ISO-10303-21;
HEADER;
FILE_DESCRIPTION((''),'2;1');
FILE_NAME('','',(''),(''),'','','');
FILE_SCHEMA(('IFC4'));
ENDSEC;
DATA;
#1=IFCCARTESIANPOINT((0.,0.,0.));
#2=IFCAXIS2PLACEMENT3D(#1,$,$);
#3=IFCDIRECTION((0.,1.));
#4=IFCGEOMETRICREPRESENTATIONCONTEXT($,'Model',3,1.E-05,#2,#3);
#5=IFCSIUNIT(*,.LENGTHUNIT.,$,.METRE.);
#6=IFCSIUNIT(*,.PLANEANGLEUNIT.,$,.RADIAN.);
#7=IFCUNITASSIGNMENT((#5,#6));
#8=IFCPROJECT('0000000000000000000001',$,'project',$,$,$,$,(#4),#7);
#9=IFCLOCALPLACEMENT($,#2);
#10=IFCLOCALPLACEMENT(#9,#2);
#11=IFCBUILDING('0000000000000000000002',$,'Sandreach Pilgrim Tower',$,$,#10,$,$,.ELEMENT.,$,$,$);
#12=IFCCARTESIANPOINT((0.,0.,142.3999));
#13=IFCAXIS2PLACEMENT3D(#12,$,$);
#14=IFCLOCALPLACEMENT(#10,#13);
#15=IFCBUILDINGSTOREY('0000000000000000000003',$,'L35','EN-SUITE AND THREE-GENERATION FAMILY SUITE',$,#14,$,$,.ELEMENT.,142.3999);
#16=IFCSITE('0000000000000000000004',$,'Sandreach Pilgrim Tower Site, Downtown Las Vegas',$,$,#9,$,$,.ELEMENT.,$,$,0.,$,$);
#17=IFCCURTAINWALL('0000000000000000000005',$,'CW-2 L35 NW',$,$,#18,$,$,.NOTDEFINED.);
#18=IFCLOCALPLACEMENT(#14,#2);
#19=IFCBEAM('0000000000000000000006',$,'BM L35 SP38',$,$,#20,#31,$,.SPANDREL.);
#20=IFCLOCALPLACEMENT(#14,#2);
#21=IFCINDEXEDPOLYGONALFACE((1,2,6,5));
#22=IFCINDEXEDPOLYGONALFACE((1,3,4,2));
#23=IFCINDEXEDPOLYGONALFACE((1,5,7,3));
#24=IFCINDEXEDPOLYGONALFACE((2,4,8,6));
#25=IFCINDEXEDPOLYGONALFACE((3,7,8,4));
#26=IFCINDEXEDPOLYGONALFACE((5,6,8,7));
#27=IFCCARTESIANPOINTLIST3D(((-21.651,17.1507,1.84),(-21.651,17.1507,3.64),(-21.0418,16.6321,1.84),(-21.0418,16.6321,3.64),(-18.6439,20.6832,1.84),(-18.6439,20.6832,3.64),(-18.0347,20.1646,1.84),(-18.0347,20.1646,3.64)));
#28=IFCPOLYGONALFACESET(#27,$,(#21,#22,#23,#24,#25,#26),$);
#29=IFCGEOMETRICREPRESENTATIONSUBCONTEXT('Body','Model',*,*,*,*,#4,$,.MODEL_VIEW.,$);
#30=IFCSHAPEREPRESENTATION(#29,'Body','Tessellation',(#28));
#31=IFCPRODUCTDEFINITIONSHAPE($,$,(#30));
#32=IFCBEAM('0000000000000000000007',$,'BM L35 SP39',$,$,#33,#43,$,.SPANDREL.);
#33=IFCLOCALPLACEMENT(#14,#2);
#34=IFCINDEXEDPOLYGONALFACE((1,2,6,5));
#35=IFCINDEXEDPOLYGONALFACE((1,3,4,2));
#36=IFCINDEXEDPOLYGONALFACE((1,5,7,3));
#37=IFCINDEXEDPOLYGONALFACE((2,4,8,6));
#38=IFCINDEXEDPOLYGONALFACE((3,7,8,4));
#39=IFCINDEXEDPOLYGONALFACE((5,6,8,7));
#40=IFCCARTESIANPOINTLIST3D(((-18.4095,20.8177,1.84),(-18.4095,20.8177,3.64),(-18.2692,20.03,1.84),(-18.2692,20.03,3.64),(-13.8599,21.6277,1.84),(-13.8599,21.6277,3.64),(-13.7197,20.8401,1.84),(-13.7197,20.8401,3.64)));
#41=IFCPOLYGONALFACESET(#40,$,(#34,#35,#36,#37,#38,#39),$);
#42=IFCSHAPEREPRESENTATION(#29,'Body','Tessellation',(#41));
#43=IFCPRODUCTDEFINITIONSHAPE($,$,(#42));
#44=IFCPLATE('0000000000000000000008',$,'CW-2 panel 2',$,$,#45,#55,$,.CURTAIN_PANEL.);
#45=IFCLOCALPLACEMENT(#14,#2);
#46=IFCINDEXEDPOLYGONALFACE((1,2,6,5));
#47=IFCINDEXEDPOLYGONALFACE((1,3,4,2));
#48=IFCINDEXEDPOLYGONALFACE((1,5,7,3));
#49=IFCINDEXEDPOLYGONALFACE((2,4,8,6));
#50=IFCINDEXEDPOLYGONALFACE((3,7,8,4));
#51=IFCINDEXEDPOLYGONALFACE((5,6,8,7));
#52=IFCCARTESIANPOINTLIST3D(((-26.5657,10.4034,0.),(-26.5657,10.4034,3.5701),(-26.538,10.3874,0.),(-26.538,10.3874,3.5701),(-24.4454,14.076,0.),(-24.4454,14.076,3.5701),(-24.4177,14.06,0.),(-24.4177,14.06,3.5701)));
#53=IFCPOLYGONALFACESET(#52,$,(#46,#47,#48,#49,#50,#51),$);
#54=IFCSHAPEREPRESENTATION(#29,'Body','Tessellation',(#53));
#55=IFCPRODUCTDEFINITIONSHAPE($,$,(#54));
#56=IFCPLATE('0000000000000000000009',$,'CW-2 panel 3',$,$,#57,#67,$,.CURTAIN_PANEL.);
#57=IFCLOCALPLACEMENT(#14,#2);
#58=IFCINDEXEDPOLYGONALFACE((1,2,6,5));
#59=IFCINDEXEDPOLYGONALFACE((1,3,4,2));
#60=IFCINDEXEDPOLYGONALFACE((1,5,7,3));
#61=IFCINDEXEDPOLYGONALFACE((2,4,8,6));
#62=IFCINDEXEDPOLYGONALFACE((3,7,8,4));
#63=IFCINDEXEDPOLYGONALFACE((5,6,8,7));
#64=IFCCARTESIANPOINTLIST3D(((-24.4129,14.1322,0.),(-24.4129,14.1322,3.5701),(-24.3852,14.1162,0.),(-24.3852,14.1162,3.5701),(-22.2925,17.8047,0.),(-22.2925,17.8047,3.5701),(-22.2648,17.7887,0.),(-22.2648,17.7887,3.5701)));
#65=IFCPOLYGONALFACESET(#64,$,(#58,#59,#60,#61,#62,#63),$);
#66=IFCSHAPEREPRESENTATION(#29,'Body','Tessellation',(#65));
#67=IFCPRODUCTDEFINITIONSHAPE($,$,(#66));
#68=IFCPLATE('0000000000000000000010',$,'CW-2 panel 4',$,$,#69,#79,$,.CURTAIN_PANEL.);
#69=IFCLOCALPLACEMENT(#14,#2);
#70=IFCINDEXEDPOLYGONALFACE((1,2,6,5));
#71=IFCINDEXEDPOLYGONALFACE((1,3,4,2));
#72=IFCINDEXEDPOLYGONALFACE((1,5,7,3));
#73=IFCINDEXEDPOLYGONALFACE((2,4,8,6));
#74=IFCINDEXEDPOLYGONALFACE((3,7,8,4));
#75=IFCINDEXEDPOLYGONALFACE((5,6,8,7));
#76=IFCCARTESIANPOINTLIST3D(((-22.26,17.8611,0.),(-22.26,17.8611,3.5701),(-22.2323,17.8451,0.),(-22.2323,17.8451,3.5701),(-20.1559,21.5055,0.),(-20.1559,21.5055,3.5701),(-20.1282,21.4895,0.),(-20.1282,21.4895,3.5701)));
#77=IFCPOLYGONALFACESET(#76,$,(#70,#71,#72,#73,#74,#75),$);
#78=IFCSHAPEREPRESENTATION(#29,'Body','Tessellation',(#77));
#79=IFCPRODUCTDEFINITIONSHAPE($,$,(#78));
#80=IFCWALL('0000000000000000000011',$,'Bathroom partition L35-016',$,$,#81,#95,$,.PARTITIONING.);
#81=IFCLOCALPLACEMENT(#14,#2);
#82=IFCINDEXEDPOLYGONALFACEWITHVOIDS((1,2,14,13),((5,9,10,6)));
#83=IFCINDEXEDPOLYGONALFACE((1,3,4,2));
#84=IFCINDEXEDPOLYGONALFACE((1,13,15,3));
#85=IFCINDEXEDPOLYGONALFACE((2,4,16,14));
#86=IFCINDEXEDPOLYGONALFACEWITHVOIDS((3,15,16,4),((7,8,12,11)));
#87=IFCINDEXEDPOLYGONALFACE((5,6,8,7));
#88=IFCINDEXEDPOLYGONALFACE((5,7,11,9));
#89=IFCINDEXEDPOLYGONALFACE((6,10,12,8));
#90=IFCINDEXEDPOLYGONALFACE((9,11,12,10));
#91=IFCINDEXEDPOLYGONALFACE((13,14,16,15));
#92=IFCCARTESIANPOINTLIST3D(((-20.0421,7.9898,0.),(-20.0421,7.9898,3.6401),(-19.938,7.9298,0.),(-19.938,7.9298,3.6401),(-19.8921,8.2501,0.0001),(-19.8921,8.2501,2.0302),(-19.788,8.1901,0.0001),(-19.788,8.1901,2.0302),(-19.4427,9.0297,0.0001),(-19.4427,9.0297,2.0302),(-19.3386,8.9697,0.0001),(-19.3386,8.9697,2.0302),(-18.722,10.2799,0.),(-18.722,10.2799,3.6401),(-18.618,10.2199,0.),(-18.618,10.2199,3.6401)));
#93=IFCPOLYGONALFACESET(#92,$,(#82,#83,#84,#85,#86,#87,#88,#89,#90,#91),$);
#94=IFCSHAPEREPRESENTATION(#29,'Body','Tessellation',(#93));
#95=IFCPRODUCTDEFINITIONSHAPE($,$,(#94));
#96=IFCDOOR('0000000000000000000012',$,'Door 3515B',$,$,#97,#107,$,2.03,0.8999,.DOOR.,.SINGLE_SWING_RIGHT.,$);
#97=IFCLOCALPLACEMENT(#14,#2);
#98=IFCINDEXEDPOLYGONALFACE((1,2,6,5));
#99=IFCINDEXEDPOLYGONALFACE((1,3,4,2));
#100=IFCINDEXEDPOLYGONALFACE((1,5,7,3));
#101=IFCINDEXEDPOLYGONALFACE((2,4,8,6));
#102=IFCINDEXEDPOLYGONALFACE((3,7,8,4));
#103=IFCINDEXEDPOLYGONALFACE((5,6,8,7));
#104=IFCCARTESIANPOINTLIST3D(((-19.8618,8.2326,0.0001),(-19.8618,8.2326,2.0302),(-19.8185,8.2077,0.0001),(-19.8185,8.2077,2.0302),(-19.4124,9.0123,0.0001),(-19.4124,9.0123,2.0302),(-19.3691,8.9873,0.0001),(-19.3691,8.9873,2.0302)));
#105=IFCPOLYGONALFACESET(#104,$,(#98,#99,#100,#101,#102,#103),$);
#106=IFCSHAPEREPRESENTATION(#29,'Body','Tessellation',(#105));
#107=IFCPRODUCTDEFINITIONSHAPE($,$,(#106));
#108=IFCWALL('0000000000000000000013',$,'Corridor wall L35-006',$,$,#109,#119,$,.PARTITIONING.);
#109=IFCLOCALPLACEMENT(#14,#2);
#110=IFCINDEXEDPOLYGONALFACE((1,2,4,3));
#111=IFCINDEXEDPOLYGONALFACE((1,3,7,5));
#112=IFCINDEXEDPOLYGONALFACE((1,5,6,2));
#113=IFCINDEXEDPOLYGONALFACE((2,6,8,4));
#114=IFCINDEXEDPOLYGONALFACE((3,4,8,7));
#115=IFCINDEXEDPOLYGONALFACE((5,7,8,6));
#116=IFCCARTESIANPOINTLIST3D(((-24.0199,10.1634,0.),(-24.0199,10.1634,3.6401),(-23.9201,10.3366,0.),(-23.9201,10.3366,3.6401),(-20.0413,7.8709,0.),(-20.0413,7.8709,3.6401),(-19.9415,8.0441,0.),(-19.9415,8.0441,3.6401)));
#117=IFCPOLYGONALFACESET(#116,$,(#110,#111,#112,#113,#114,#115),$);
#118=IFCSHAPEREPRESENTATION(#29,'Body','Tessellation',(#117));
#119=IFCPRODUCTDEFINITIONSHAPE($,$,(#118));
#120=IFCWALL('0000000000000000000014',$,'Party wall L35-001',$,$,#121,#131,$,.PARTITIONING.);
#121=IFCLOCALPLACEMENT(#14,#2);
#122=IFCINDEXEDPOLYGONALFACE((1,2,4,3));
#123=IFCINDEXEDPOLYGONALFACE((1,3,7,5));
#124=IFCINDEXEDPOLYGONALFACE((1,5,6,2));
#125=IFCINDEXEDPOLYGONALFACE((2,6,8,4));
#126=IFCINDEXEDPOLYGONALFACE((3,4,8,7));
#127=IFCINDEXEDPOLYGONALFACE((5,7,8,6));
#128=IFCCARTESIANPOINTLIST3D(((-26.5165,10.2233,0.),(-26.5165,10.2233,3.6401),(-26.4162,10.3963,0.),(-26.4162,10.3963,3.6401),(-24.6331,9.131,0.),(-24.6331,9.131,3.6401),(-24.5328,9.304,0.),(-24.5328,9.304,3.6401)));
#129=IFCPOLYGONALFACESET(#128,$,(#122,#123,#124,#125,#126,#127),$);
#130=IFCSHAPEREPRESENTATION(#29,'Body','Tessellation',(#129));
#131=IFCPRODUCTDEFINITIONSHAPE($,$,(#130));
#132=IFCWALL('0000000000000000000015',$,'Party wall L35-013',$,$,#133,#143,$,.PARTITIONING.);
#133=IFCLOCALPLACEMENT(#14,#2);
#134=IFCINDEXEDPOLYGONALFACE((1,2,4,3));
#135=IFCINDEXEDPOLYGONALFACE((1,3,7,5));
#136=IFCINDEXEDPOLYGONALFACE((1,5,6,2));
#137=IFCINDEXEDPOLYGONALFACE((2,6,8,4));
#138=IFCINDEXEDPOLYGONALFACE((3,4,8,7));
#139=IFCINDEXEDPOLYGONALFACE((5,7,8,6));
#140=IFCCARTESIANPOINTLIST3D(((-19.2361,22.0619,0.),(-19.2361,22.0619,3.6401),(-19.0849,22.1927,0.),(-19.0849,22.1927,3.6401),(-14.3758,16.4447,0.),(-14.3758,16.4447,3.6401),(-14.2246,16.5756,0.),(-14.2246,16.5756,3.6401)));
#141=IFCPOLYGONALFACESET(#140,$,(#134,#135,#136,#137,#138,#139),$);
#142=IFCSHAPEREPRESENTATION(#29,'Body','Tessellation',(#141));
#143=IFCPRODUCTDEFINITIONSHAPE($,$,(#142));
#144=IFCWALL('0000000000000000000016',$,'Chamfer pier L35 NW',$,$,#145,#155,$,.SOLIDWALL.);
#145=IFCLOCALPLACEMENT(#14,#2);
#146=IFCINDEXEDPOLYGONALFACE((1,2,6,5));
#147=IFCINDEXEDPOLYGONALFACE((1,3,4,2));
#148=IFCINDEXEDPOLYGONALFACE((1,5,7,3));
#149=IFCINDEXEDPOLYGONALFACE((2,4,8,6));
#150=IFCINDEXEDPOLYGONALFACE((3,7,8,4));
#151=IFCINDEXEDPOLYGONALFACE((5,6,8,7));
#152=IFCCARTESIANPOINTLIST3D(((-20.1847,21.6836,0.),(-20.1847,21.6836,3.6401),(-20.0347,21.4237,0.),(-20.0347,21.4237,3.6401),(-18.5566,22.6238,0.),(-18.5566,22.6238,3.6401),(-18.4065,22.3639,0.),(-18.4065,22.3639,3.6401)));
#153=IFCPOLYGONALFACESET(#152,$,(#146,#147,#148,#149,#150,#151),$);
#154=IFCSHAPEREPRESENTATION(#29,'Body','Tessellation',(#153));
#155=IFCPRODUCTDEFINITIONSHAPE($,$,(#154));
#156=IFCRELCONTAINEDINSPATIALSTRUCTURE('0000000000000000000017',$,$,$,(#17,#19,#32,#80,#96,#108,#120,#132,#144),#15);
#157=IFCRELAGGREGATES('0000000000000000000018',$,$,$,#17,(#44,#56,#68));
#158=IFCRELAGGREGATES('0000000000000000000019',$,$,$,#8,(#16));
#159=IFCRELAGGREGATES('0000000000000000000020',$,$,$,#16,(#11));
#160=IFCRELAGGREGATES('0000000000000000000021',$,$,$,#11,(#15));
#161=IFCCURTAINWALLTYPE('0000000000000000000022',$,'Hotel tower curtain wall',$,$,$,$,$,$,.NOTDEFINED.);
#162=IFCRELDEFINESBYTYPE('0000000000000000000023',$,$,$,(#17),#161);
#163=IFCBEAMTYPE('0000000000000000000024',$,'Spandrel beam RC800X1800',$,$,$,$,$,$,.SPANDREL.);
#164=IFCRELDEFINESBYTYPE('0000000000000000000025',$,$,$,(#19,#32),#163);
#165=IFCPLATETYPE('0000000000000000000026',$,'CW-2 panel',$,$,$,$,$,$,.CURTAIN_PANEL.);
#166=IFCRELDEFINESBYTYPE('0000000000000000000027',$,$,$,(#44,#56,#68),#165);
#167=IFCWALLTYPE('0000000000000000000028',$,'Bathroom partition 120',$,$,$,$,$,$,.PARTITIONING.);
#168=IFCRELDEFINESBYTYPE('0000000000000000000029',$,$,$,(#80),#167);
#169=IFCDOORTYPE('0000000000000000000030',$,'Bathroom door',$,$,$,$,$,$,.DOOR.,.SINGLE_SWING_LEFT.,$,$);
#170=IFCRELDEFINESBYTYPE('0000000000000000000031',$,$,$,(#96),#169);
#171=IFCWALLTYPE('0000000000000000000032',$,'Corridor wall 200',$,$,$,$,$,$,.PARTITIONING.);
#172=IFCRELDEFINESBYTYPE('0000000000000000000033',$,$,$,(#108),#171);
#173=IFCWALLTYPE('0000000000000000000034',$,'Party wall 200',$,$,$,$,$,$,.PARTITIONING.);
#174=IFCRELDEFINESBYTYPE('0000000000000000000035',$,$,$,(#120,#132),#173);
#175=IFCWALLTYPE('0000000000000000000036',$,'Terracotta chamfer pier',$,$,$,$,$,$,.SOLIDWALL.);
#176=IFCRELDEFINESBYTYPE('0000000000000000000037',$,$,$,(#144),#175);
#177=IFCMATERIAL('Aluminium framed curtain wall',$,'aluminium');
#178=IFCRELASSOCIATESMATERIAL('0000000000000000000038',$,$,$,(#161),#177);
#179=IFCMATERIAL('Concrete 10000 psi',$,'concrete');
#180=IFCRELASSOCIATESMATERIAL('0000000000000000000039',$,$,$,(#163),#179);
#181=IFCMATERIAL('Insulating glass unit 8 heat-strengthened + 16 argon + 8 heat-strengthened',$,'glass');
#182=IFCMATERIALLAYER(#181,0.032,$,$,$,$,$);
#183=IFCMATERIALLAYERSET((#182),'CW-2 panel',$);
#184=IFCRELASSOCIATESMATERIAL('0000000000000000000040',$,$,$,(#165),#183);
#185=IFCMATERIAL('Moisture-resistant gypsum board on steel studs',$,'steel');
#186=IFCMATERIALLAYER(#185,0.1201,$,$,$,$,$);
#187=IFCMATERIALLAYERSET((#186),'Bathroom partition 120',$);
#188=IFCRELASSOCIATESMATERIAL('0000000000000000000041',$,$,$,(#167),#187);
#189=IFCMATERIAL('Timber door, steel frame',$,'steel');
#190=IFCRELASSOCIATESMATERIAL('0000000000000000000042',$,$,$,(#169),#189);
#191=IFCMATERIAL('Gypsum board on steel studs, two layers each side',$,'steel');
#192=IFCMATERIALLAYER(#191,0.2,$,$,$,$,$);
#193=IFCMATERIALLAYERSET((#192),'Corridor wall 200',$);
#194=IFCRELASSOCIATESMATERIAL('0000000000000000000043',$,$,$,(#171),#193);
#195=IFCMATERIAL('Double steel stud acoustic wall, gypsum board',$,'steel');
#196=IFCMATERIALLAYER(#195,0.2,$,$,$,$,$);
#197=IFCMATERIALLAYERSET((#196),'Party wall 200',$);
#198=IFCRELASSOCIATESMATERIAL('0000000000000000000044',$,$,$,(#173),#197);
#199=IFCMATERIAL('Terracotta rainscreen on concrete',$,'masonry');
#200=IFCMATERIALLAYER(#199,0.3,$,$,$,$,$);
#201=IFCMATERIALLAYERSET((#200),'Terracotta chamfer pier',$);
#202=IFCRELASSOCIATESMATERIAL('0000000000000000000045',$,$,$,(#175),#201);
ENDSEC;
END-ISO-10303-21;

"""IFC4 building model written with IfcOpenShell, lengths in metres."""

from ifc_helpers import new_model, si_unit, direction, frame, frame_2d, origin, origin_2d, place, context, subcontext, project, spatial, rectangle, extrude, material, layer, layer_set, material_profile, profile_set, type_object, element, fill, aggregate, save


model = new_model("IFC4")

# Units and contexts
model_context = context("Model", 3, precision=1e-05, world=origin(), true_north=direction((0.0, 1.0)))
body_context = subcontext(model_context, "Body", "Model", "MODEL_VIEW")
ifc_project = project(units=[si_unit("LENGTHUNIT", "METRE"), si_unit("PLANEANGLEUNIT", "RADIAN")], contexts=[model_context])

# Site, building, storey
site_placement = place(None, origin())
site = spatial("IfcSite", under=ifc_project, at=site_placement, Name="Sandreach Pilgrim Tower Site, Downtown Las Vegas", CompositionType="ELEMENT", RefElevation=0.0)
building_placement = place(site_placement, origin())
building = spatial("IfcBuilding", under=site, at=building_placement, Name="Sandreach Pilgrim Tower", CompositionType="ELEMENT")
storey_placement = place(building_placement, frame((0.0, 0.0, 142.3999)))
storey = spatial("IfcBuildingStorey", under=building, at=storey_placement, Name="L35", Description="EN-SUITE AND THREE-GENERATION FAMILY SUITE", CompositionType="ELEMENT", Elevation=142.3999)

# Shared definitions
ifc_material_1 = material(Name="Aluminium framed curtain wall", Category="aluminium")
curtain_wall_type = type_object("IfcCurtainWallType", Name="Hotel tower curtain wall", PredefinedType="NOTDEFINED", material=ifc_material_1)

# Curtain wall
curtain_wall_1_placement = place(storey_placement, origin())
curtain_wall_1 = element("IfcCurtainWall", 1, at=curtain_wall_1_placement, inside=storey, type_object=curtain_wall_type, Name="CW-2 L35 NW", PredefinedType="NOTDEFINED")

# Beams
ifc_material_2 = material(Name="Concrete 10000 psi", Category="concrete")
ifc_material_profile_1 = material_profile(ifc_material_2, rectangle(XDim=0.8, YDim=1.8, at=origin_2d()), Name="RC800X1800")
ifc_profile_set_1 = profile_set([ifc_material_profile_1], Name="Concrete 10000 psi")
beam_type_1 = type_object("IfcBeamType", Name="Spandrel beam RC800X1800", PredefinedType="SPANDREL", material=ifc_profile_set_1)
beam_1_placement = place(storey_placement, frame((-21.3464, 16.8914, 2.74), z_axis=(0.648209, 0.761463, 0.0), x_axis=(-0.761463, 0.648209, 0.0)))
element("IfcBeam", 2, at=beam_1_placement, inside=storey, type_object=beam_type_1, Name="BM L35 SP38", PredefinedType="SPANDREL", context=body_context, shape_type="SweptSolid", body=[
    extrude(rectangle(XDim=0.8, YDim=1.8, at=origin_2d()), origin(), (0.0, 0.0, 1.0), 4.6392),
])
beam_2_placement = place(storey_placement, frame((-18.3394, 20.4238, 2.74), z_axis=(0.984516, 0.175295, 0.0), x_axis=(-0.175295, 0.984516, 0.0)))
element("IfcBeam", 3, at=beam_2_placement, inside=storey, type_object=beam_type_1, Name="BM L35 SP39", PredefinedType="SPANDREL", context=body_context, shape_type="SweptSolid", body=[
    extrude(rectangle(XDim=0.8, YDim=1.8, at=origin_2d()), origin(), (0.0, 0.0, 1.0), 4.6211),
])

# Plates
ifc_material_3 = material(Name="Insulating glass unit 8 heat-strengthened + 16 argon + 8 heat-strengthened", Category="glass")
ifc_layer_1 = layer(ifc_material_3, 0.032)
ifc_layer_set_1 = layer_set([ifc_layer_1], Name="CW-2 panel")
plate_type = type_object("IfcPlateType", Name="CW-2 panel", PredefinedType="CURTAIN_PANEL", material=ifc_layer_set_1)
plate_1_placement = place(storey_placement, frame((-25.4917, 12.2317, 0.0), z_axis=(0.0, 0.0, 1.0), x_axis=(0.5, 0.866025, 0.0)))
plate_1 = element("IfcPlate", 4, at=plate_1_placement, type_object=plate_type, Name="CW-2 panel 2", PredefinedType="CURTAIN_PANEL", context=body_context, shape_type="SweptSolid", body=[
    extrude(rectangle(XDim=4.2407, YDim=0.032, at=origin_2d()), origin(), (0.0, 0.0, 1.0), 3.5701),
])
plate_2_placement = place(storey_placement, frame((-23.3389, 15.9604, 0.0), z_axis=(0.0, 0.0, 1.0), x_axis=(0.5, 0.866025, 0.0)))
plate_2 = element("IfcPlate", 5, at=plate_2_placement, type_object=plate_type, Name="CW-2 panel 3", PredefinedType="CURTAIN_PANEL", context=body_context, shape_type="SweptSolid", body=[
    extrude(rectangle(XDim=4.2407, YDim=0.032, at=origin_2d()), origin(), (0.0, 0.0, 1.0), 3.5701),
])
plate_3_placement = place(storey_placement, frame((-21.1941, 19.6753, 0.0), z_axis=(0.0, 0.0, 1.0), x_axis=(0.5, 0.866025, 0.0)))
plate_3 = element("IfcPlate", 6, at=plate_3_placement, type_object=plate_type, Name="CW-2 panel 4", PredefinedType="CURTAIN_PANEL", context=body_context, shape_type="SweptSolid", body=[
    extrude(rectangle(XDim=4.2083, YDim=0.032, at=origin_2d()), origin(), (0.0, 0.0, 1.0), 3.5701),
])
aggregate(curtain_wall_1, [plate_1, plate_2, plate_3])

# Wall, opening, door
ifc_material_4 = material(Name="Moisture-resistant gypsum board on steel studs", Category="steel")
ifc_layer_2 = layer(ifc_material_4, 0.1201)
ifc_layer_set_2 = layer_set([ifc_layer_2], Name="Bathroom partition 120")
wall_type_1 = type_object("IfcWallType", Name="Bathroom partition 120", PredefinedType="PARTITIONING", material=ifc_layer_set_2)
wall_1_placement = place(storey_placement, frame((-18.6699, 10.25, 0.0), z_axis=(0.0, 0.0, 1.0), x_axis=(-0.499408, -0.866367, 0.0)))
wall_1 = element("IfcWall", 7, at=wall_1_placement, inside=storey, type_object=wall_type_1, Name="Bathroom partition L35-016", PredefinedType="PARTITIONING", context=body_context, shape_type="SweptSolid", body=[
    extrude(rectangle(XDim=2.6433, YDim=0.1201, at=frame_2d((1.3218, 0.0))), origin(), (0.0, 0.0, 1.0), 3.6401),
])
opening_placement = place(wall_1_placement, frame((1.4431, 0.0, 0.0)))
opening = element("IfcOpeningElement", 8, at=opening_placement, cuts=wall_1, PredefinedType="OPENING", context=body_context, shape_type="SweptSolid", body=[
    extrude(rectangle(XDim=0.8999, YDim=2.03, at=frame_2d((0.45, 1.0151))), frame((0.0, 0.0601, 0.0), z_axis=(0.0, -1.0, 0.0), x_axis=(1.0, 0.0, 0.0)), (0.0, 0.0, 1.0), 0.1201),
])
ifc_material_5 = material(Name="Timber door, steel frame", Category="steel")
door_type = type_object("IfcDoorType", Name="Bathroom door", OperationType="SINGLE_SWING_LEFT", PredefinedType="DOOR", material=ifc_material_5)
door_placement = place(opening_placement, origin())
door = element("IfcDoor", 9, at=door_placement, inside=storey, type_object=door_type, Name="Door 3515B", OperationType="SINGLE_SWING_RIGHT", OverallHeight=2.03, OverallWidth=0.8999, PredefinedType="DOOR", context=body_context, shape_type="SweptSolid", body=[
    extrude(rectangle(XDim=0.8999, YDim=2.03, at=frame_2d((0.45, 1.0151))), frame((0.0, 0.0249, 0.0), z_axis=(0.0, -1.0, 0.0), x_axis=(1.0, 0.0, 0.0)), (0.0, 0.0, 1.0), 0.05),
])
fill(opening, door)

# Walls
ifc_material_6 = material(Name="Gypsum board on steel studs, two layers each side", Category="steel")
ifc_layer_3 = layer(ifc_material_6, 0.2)
ifc_layer_set_3 = layer_set([ifc_layer_3], Name="Corridor wall 200")
wall_type_2 = type_object("IfcWallType", Name="Corridor wall 200", PredefinedType="PARTITIONING", material=ifc_layer_set_3)
wall_2_placement = place(storey_placement, frame((-23.97, 10.25, 0.0), z_axis=(0.0, 0.0, 1.0), x_axis=(0.866451, -0.499262, 0.0)))
element("IfcWall", 10, at=wall_2_placement, inside=storey, type_object=wall_type_2, Name="Corridor wall L35-006", PredefinedType="PARTITIONING", context=body_context, shape_type="SweptSolid", body=[
    extrude(rectangle(XDim=4.5918, YDim=0.2, at=frame_2d((2.2959, 0.0))), origin(), (0.0, 0.0, 1.0), 3.6401),
])
ifc_material_7 = material(Name="Double steel stud acoustic wall, gypsum board", Category="steel")
ifc_layer_4 = layer(ifc_material_7, 0.2)
ifc_layer_set_4 = layer_set([ifc_layer_4], Name="Party wall 200")
wall_type_3 = type_object("IfcWallType", Name="Party wall 200", PredefinedType="PARTITIONING", material=ifc_layer_set_4)
wall_3_placement = place(storey_placement, frame((-26.4663, 10.3098, 0.0), z_axis=(0.0, 0.0, 1.0), x_axis=(0.865037, -0.501708, 0.0)))
element("IfcWall", 11, at=wall_3_placement, inside=storey, type_object=wall_type_3, Name="Party wall L35-001", PredefinedType="PARTITIONING", context=body_context, shape_type="SweptSolid", body=[
    extrude(rectangle(XDim=2.1772, YDim=0.2, at=frame_2d((1.0886, 0.0))), origin(), (0.0, 0.0, 1.0), 3.6401),
])
wall_4_placement = place(storey_placement, frame((-19.1604, 22.1272, 0.0), z_axis=(0.0, 0.0, 1.0), x_axis=(0.654325, -0.756214, 0.0)))
element("IfcWall", 12, at=wall_4_placement, inside=storey, type_object=wall_type_3, Name="Party wall L35-013", PredefinedType="PARTITIONING", context=body_context, shape_type="SweptSolid", body=[
    extrude(rectangle(XDim=7.428, YDim=0.2, at=frame_2d((3.7139, 0.0))), origin(), (0.0, 0.0, 1.0), 3.6401),
])
ifc_material_8 = material(Name="Terracotta rainscreen on concrete", Category="masonry")
ifc_layer_5 = layer(ifc_material_8, 0.3)
ifc_layer_set_5 = layer_set([ifc_layer_5], Name="Terracotta chamfer pier")
wall_type_4 = type_object("IfcWallType", Name="Terracotta chamfer pier", PredefinedType="SOLIDWALL", material=ifc_layer_set_5)
wall_5_placement = place(storey_placement, frame((-20.1096, 21.5537, 0.0), z_axis=(0.0, 0.0, 1.0), x_axis=(0.865989, 0.500063, 0.0)))
element("IfcWall", 13, at=wall_5_placement, inside=storey, type_object=wall_type_4, Name="Chamfer pier L35 NW", PredefinedType="SOLIDWALL", context=body_context, shape_type="SweptSolid", body=[
    extrude(rectangle(XDim=1.8801, YDim=0.3, at=frame_2d((0.9399, 0.0))), origin(), (0.0, 0.0, 1.0), 3.6401),
])

save(model, "model.ifc")
